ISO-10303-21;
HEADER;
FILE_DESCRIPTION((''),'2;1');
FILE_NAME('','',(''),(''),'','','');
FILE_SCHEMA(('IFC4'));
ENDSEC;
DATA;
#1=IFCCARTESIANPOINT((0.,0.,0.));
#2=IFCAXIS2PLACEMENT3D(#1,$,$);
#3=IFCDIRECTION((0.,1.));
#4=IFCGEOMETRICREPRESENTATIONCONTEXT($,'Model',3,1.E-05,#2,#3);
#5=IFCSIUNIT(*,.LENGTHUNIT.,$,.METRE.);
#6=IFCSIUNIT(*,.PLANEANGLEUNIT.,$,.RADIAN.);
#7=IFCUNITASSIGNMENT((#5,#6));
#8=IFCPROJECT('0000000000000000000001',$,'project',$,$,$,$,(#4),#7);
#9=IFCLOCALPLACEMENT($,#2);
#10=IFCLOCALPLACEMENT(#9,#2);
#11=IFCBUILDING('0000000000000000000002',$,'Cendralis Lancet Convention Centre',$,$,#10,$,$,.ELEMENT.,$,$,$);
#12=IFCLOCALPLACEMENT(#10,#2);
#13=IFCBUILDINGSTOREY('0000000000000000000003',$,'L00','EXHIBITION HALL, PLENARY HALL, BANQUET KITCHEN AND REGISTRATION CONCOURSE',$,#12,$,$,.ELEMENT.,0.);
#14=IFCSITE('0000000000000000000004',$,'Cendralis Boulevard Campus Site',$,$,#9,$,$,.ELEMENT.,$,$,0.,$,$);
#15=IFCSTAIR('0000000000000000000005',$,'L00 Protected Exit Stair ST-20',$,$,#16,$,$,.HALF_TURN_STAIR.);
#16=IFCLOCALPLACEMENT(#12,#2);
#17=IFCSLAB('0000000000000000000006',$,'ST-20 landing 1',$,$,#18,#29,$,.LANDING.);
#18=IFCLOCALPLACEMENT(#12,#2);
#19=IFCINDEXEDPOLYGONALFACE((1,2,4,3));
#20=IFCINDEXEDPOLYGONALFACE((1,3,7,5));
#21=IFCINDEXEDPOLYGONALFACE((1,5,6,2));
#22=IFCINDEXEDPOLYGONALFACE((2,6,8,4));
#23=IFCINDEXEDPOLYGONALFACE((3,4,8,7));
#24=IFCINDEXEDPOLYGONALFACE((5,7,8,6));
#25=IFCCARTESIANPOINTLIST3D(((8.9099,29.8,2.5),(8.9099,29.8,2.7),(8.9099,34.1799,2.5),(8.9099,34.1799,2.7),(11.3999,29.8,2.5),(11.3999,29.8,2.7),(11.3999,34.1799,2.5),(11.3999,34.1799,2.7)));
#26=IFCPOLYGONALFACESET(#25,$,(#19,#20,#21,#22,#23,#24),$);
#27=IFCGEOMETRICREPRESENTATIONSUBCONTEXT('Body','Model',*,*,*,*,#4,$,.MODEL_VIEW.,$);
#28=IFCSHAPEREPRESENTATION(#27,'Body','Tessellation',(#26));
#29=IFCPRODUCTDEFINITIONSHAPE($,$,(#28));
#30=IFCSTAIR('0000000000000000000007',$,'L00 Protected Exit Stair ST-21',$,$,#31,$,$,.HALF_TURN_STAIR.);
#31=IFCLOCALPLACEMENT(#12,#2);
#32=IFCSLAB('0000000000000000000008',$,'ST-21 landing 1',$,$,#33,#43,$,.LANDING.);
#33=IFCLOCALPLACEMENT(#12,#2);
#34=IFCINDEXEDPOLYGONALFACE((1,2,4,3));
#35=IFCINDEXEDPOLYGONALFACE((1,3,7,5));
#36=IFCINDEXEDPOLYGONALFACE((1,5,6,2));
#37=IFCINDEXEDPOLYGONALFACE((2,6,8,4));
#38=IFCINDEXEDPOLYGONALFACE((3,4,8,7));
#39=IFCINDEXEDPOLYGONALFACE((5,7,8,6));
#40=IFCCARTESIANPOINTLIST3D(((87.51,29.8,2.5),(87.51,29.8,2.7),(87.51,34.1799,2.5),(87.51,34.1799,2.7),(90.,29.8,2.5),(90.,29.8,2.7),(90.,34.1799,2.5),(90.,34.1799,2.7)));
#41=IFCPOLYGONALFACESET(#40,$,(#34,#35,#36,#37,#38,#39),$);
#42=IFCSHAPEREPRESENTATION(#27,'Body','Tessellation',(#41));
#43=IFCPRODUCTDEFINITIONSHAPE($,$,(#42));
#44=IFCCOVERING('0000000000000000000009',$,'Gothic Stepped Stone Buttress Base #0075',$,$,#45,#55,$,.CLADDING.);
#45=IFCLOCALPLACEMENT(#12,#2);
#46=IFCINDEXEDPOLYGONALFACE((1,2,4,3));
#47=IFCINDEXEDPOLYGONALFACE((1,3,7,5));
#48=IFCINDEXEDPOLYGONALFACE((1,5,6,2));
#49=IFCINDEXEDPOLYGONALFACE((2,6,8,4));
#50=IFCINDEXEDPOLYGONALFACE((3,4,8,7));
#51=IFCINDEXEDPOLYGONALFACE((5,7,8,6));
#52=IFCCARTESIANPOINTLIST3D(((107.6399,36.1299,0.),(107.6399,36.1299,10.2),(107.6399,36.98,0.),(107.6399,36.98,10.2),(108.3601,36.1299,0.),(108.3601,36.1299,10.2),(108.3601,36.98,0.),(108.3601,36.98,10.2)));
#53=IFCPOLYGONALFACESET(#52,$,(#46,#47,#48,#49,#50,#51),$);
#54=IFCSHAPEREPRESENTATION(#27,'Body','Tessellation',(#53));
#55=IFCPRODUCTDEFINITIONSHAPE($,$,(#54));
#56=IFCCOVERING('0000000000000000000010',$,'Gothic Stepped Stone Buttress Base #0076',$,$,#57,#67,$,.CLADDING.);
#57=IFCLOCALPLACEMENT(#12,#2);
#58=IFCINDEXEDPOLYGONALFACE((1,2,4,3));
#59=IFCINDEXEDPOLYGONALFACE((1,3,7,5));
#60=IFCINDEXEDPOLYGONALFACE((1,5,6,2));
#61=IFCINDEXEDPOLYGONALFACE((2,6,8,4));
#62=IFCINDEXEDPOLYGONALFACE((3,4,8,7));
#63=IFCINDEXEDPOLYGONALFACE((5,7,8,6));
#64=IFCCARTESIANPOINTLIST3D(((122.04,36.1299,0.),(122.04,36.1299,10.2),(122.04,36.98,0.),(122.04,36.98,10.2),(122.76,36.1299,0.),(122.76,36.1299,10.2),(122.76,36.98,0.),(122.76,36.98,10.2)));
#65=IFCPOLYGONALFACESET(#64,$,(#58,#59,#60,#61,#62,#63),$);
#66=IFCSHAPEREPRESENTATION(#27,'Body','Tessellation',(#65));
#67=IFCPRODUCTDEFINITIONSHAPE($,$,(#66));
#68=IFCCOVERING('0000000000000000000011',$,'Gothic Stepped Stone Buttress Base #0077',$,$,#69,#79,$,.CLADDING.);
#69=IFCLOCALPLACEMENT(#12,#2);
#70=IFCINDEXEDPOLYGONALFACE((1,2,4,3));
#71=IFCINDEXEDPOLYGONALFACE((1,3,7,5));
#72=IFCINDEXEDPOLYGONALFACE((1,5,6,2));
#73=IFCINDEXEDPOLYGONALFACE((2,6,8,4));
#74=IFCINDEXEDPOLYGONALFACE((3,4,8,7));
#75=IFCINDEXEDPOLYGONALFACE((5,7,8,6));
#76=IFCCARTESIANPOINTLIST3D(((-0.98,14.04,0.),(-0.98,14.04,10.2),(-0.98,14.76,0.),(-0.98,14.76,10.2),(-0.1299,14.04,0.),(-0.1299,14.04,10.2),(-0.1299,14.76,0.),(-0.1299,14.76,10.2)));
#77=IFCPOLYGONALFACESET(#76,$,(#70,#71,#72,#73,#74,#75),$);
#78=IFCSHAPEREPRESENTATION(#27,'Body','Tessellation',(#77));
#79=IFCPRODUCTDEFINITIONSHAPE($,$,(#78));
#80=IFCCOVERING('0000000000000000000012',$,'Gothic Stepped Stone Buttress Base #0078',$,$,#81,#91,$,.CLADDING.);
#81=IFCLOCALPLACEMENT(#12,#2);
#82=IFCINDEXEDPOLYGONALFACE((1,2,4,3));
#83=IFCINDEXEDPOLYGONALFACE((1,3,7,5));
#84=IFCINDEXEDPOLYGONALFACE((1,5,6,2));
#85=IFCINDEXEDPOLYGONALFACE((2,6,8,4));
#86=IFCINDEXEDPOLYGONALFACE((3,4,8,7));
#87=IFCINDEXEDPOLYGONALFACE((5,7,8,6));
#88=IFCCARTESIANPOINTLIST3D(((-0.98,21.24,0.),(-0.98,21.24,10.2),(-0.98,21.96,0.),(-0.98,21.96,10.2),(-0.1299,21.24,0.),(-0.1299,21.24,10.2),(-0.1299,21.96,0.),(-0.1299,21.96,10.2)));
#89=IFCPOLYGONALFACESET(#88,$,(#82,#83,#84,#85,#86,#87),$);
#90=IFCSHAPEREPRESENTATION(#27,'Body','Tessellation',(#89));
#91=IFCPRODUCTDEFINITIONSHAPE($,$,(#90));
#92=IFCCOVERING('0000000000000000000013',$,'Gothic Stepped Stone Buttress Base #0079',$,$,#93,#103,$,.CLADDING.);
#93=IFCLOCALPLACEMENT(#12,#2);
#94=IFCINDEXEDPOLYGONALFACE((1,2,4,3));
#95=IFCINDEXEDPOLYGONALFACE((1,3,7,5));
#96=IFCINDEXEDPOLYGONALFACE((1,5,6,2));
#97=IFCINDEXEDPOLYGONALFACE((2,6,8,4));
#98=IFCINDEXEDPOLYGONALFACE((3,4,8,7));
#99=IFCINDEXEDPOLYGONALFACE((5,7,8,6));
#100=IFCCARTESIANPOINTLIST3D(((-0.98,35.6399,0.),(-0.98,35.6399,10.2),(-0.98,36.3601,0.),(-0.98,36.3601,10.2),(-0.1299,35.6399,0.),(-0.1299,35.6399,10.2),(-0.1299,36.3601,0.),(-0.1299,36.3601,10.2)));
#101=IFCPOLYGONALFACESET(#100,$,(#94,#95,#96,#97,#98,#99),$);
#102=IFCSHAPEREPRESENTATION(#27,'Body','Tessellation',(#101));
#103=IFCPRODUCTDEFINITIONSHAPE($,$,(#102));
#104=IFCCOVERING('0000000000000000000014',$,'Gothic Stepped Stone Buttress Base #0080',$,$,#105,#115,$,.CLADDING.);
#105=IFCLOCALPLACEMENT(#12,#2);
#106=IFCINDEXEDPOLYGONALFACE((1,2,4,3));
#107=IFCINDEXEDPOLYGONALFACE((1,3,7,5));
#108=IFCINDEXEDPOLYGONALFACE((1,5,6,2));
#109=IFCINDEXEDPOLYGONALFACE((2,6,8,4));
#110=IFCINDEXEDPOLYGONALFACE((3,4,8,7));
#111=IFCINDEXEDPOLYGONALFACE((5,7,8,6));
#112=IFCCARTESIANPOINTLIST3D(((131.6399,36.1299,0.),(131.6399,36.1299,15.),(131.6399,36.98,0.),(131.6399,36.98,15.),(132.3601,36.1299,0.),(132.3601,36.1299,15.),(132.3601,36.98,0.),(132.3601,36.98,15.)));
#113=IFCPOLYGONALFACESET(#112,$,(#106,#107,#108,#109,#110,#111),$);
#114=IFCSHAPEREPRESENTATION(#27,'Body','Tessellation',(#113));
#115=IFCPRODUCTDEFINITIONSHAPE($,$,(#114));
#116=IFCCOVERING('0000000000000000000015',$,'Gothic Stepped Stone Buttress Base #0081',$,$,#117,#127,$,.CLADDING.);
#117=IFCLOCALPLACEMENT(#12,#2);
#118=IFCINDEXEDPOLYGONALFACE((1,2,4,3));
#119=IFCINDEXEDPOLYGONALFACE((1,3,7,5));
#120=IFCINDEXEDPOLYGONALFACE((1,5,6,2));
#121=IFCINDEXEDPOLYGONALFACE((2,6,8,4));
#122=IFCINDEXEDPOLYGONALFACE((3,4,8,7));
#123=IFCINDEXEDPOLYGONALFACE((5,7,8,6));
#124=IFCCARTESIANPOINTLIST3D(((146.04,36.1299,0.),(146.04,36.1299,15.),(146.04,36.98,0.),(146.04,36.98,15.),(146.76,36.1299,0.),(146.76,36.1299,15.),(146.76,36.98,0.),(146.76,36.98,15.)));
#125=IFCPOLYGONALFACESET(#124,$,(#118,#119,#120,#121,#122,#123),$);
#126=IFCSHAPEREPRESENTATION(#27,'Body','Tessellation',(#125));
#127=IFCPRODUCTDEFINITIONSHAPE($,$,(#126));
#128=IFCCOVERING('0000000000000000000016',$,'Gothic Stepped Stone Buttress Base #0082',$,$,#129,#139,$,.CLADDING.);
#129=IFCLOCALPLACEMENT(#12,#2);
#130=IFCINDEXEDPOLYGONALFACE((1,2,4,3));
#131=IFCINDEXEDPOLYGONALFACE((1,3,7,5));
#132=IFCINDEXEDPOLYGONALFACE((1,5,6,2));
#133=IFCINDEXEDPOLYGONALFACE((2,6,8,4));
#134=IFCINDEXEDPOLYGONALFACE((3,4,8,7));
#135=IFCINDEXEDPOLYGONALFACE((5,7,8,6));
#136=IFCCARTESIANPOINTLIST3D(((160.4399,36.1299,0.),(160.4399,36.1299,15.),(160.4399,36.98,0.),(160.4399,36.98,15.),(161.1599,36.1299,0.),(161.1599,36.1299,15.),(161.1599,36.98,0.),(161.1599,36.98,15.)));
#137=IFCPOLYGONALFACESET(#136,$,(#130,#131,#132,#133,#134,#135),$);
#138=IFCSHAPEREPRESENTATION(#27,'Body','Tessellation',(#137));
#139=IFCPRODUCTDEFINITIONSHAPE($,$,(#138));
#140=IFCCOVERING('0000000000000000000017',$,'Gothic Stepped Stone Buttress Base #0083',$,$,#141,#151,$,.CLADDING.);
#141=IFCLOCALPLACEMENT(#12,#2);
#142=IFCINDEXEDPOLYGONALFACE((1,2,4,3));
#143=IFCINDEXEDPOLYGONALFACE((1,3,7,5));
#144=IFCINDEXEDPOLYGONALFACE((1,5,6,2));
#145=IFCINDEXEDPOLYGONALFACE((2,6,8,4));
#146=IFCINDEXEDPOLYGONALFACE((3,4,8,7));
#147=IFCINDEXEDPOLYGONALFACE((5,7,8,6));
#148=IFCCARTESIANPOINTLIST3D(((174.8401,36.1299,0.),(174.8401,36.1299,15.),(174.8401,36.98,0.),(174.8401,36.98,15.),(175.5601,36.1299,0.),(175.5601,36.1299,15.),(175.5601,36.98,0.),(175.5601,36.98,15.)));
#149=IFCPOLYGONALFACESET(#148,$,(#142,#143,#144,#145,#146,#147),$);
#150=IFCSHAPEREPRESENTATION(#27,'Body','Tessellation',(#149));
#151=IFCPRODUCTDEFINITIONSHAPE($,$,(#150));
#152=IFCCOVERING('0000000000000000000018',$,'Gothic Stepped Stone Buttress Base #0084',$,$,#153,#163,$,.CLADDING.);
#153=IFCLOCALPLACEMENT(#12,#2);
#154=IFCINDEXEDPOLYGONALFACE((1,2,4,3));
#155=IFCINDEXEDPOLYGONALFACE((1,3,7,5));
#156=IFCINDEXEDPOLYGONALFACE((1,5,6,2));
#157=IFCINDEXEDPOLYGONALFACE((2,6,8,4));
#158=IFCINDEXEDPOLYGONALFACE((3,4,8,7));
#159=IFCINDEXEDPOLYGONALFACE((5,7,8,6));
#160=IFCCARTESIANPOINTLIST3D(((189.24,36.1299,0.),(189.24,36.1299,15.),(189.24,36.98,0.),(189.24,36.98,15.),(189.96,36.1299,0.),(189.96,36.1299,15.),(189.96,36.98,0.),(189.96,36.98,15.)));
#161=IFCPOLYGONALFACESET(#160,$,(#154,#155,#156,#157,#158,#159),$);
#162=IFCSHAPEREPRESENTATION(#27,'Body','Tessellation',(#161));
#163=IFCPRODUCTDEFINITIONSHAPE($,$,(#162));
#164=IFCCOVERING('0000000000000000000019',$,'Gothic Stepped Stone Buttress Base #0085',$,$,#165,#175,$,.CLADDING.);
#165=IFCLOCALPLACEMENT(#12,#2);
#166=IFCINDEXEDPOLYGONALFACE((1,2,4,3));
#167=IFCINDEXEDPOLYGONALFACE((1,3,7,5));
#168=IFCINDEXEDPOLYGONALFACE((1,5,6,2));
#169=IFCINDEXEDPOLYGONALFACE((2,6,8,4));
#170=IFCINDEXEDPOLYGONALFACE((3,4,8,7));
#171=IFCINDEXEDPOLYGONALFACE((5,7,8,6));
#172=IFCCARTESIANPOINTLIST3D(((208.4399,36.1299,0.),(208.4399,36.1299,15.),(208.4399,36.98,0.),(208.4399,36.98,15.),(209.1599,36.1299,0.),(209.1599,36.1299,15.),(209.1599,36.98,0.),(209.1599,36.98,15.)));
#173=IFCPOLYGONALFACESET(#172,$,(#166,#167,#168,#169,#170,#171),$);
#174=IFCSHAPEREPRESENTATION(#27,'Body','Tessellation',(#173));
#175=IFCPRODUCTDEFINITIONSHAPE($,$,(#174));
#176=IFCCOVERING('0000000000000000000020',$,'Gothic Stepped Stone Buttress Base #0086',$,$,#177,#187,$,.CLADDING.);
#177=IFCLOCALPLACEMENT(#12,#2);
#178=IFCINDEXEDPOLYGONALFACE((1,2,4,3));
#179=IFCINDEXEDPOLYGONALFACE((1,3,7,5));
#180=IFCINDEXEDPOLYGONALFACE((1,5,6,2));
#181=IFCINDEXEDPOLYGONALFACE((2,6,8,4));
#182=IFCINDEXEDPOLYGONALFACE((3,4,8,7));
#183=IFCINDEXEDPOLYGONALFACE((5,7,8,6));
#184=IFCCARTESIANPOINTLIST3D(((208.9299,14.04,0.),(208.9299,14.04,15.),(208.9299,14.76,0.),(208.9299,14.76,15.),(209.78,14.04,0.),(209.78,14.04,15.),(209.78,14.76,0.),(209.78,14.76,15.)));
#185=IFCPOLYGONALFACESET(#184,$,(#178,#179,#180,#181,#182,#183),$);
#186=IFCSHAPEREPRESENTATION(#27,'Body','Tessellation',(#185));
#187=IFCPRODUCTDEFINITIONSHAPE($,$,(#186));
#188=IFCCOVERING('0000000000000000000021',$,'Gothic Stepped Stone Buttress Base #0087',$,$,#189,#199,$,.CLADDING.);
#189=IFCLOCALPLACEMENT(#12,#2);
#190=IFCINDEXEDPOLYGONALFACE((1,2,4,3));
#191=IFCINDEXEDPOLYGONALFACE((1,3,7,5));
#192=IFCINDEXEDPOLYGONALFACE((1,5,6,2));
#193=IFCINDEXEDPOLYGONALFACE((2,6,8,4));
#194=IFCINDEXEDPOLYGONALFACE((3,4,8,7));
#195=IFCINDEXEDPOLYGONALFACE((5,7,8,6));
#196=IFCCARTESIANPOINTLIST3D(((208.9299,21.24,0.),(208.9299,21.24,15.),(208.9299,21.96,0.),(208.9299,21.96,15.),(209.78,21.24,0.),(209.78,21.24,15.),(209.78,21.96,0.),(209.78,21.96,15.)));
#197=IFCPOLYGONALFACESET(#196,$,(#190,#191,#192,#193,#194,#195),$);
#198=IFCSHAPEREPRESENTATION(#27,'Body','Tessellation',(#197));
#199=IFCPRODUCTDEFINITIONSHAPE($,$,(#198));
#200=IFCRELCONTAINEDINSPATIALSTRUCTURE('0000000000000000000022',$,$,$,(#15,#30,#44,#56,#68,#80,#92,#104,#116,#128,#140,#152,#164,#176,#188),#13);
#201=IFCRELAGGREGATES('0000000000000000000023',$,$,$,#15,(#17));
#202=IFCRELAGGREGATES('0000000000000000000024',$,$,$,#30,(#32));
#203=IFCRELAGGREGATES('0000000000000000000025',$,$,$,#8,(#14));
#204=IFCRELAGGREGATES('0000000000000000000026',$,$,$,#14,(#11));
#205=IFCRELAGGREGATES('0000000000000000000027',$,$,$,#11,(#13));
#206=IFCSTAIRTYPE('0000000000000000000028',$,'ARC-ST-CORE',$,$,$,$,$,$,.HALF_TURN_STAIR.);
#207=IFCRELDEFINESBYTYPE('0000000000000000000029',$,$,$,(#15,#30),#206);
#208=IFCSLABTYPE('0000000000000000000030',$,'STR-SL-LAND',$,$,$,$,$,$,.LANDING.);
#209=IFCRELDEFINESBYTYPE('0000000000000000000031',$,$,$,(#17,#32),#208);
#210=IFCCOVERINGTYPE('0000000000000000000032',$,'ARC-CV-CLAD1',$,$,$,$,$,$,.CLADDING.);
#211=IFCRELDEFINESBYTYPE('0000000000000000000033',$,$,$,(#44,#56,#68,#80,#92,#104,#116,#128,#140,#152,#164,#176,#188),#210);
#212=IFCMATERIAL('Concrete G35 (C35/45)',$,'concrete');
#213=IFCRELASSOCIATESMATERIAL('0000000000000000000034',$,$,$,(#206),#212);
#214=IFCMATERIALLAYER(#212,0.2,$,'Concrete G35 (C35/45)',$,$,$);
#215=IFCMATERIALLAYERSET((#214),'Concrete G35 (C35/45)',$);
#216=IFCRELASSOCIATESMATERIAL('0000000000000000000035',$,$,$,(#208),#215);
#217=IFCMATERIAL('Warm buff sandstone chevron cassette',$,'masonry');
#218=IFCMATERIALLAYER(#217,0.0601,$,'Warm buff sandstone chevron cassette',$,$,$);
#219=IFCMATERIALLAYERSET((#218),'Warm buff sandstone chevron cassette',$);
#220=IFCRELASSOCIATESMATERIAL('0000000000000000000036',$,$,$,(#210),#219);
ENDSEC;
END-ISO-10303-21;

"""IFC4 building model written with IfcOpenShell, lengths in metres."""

from ifc_helpers import new_model, si_unit, direction, frame, origin, place, context, subcontext, project, spatial, polyline, outline, extrude, material, layer, layer_set, type_object, element, aggregate, save


model = new_model("IFC4")

# Units and contexts
model_context = context("Model", 3, precision=1e-05, world=origin(), true_north=direction((0.0, 1.0)))
body_context = subcontext(model_context, "Body", "Model", "MODEL_VIEW")
ifc_project = project(units=[si_unit("LENGTHUNIT", "METRE"), si_unit("PLANEANGLEUNIT", "RADIAN")], contexts=[model_context])

# Site, building, storey
site_placement = place(None, origin())
site = spatial("IfcSite", under=ifc_project, at=site_placement, Name="Cendralis Boulevard Campus Site", CompositionType="ELEMENT", RefElevation=0.0)
building_placement = place(site_placement, origin())
building = spatial("IfcBuilding", under=site, at=building_placement, Name="Cendralis Lancet Convention Centre", CompositionType="ELEMENT")
storey_placement = place(building_placement, origin())
storey = spatial("IfcBuildingStorey", under=building, at=storey_placement, Name="L00", Description="EXHIBITION HALL, PLENARY HALL, BANQUET KITCHEN AND REGISTRATION CONCOURSE", CompositionType="ELEMENT", Elevation=0.0)

# Stairs, slabs
ifc_material_1 = material(Name="Concrete G35 (C35/45)", Category="concrete")
stair_type = type_object("IfcStairType", Name="ARC-ST-CORE", PredefinedType="HALF_TURN_STAIR", material=ifc_material_1)
ifc_layer_1 = layer(ifc_material_1, 0.2, Name="Concrete G35 (C35/45)")
ifc_layer_set_1 = layer_set([ifc_layer_1], Name="Concrete G35 (C35/45)")
slab_type = type_object("IfcSlabType", Name="STR-SL-LAND", PredefinedType="LANDING", material=ifc_layer_set_1)
stair_1_placement = place(storey_placement, origin())
stair_1 = element("IfcStair", 1, at=stair_1_placement, inside=storey, type_object=stair_type, Name="L00 Protected Exit Stair ST-20", PredefinedType="HALF_TURN_STAIR")
slab_1_placement = place(storey_placement, frame((0.0, 0.0, 2.5)))
slab_1 = element("IfcSlab", 2, at=slab_1_placement, type_object=slab_type, Name="ST-20 landing 1", PredefinedType="LANDING", context=body_context, shape_type="SweptSolid", body=[
    extrude(outline(polyline([(8.9099, 29.8), (11.3999, 29.8), (11.3999, 34.1799), (8.9099, 34.1799), (8.9099, 29.8)])), origin(), (0.0, 0.0, 1.0), 0.2),
])
aggregate(stair_1, [slab_1])
stair_2_placement = place(storey_placement, origin())
stair_2 = element("IfcStair", 3, at=stair_2_placement, inside=storey, type_object=stair_type, Name="L00 Protected Exit Stair ST-21", PredefinedType="HALF_TURN_STAIR")
slab_2_placement = place(storey_placement, frame((0.0, 0.0, 2.5)))
slab_2 = element("IfcSlab", 4, at=slab_2_placement, type_object=slab_type, Name="ST-21 landing 1", PredefinedType="LANDING", context=body_context, shape_type="SweptSolid", body=[
    extrude(outline(polyline([(87.51, 29.8), (90.0, 29.8), (90.0, 34.1799), (87.51, 34.1799), (87.51, 29.8)])), origin(), (0.0, 0.0, 1.0), 0.2),
])
aggregate(stair_2, [slab_2])

# Coverings
ifc_material_2 = material(Name="Warm buff sandstone chevron cassette", Category="masonry")
ifc_layer_2 = layer(ifc_material_2, 0.0601, Name="Warm buff sandstone chevron cassette")
ifc_layer_set_2 = layer_set([ifc_layer_2], Name="Warm buff sandstone chevron cassette")
covering_type = type_object("IfcCoveringType", Name="ARC-CV-CLAD1", PredefinedType="CLADDING", material=ifc_layer_set_2)
covering_1_placement = place(storey_placement, origin())
element("IfcCovering", 5, at=covering_1_placement, inside=storey, type_object=covering_type, Name="Gothic Stepped Stone Buttress Base #0075", PredefinedType="CLADDING", context=body_context, shape_type="SweptSolid", body=[
    extrude(outline(polyline([(108.3601, 36.98), (107.6399, 36.98), (107.6399, 36.1299), (108.3601, 36.1299), (108.3601, 36.98)])), origin(), (0.0, 0.0, 1.0), 10.2),
])
covering_2_placement = place(storey_placement, origin())
element("IfcCovering", 6, at=covering_2_placement, inside=storey, type_object=covering_type, Name="Gothic Stepped Stone Buttress Base #0076", PredefinedType="CLADDING", context=body_context, shape_type="SweptSolid", body=[
    extrude(outline(polyline([(122.76, 36.98), (122.04, 36.98), (122.04, 36.1299), (122.76, 36.1299), (122.76, 36.98)])), origin(), (0.0, 0.0, 1.0), 10.2),
])
covering_3_placement = place(storey_placement, origin())
element("IfcCovering", 7, at=covering_3_placement, inside=storey, type_object=covering_type, Name="Gothic Stepped Stone Buttress Base #0077", PredefinedType="CLADDING", context=body_context, shape_type="SweptSolid", body=[
    extrude(outline(polyline([(-0.98, 14.76), (-0.98, 14.04), (-0.1299, 14.04), (-0.1299, 14.76), (-0.98, 14.76)])), origin(), (0.0, 0.0, 1.0), 10.2),
])
covering_4_placement = place(storey_placement, origin())
element("IfcCovering", 8, at=covering_4_placement, inside=storey, type_object=covering_type, Name="Gothic Stepped Stone Buttress Base #0078", PredefinedType="CLADDING", context=body_context, shape_type="SweptSolid", body=[
    extrude(outline(polyline([(-0.98, 21.96), (-0.98, 21.24), (-0.1299, 21.24), (-0.1299, 21.96), (-0.98, 21.96)])), origin(), (0.0, 0.0, 1.0), 10.2),
])
covering_5_placement = place(storey_placement, origin())
element("IfcCovering", 9, at=covering_5_placement, inside=storey, type_object=covering_type, Name="Gothic Stepped Stone Buttress Base #0079", PredefinedType="CLADDING", context=body_context, shape_type="SweptSolid", body=[
    extrude(outline(polyline([(-0.98, 36.3601), (-0.98, 35.6399), (-0.1299, 35.6399), (-0.1299, 36.3601), (-0.98, 36.3601)])), origin(), (0.0, 0.0, 1.0), 10.2),
])
covering_6_placement = place(storey_placement, origin())
element("IfcCovering", 10, at=covering_6_placement, inside=storey, type_object=covering_type, Name="Gothic Stepped Stone Buttress Base #0080", PredefinedType="CLADDING", context=body_context, shape_type="SweptSolid", body=[
    extrude(outline(polyline([(132.3601, 36.98), (131.6399, 36.98), (131.6399, 36.1299), (132.3601, 36.1299), (132.3601, 36.98)])), origin(), (0.0, 0.0, 1.0), 15.0),
])
covering_7_placement = place(storey_placement, origin())
element("IfcCovering", 11, at=covering_7_placement, inside=storey, type_object=covering_type, Name="Gothic Stepped Stone Buttress Base #0081", PredefinedType="CLADDING", context=body_context, shape_type="SweptSolid", body=[
    extrude(outline(polyline([(146.76, 36.98), (146.04, 36.98), (146.04, 36.1299), (146.76, 36.1299), (146.76, 36.98)])), origin(), (0.0, 0.0, 1.0), 15.0),
])
covering_8_placement = place(storey_placement, origin())
element("IfcCovering", 12, at=covering_8_placement, inside=storey, type_object=covering_type, Name="Gothic Stepped Stone Buttress Base #0082", PredefinedType="CLADDING", context=body_context, shape_type="SweptSolid", body=[
    extrude(outline(polyline([(161.1599, 36.98), (160.4399, 36.98), (160.4399, 36.1299), (161.1599, 36.1299), (161.1599, 36.98)])), origin(), (0.0, 0.0, 1.0), 15.0),
])
covering_9_placement = place(storey_placement, origin())
element("IfcCovering", 13, at=covering_9_placement, inside=storey, type_object=covering_type, Name="Gothic Stepped Stone Buttress Base #0083", PredefinedType="CLADDING", context=body_context, shape_type="SweptSolid", body=[
    extrude(outline(polyline([(175.5601, 36.98), (174.8401, 36.98), (174.8401, 36.1299), (175.5601, 36.1299), (175.5601, 36.98)])), origin(), (0.0, 0.0, 1.0), 15.0),
])
covering_10_placement = place(storey_placement, origin())
element("IfcCovering", 14, at=covering_10_placement, inside=storey, type_object=covering_type, Name="Gothic Stepped Stone Buttress Base #0084", PredefinedType="CLADDING", context=body_context, shape_type="SweptSolid", body=[
    extrude(outline(polyline([(189.96, 36.98), (189.24, 36.98), (189.24, 36.1299), (189.96, 36.1299), (189.96, 36.98)])), origin(), (0.0, 0.0, 1.0), 15.0),
])
covering_11_placement = place(storey_placement, origin())
element("IfcCovering", 15, at=covering_11_placement, inside=storey, type_object=covering_type, Name="Gothic Stepped Stone Buttress Base #0085", PredefinedType="CLADDING", context=body_context, shape_type="SweptSolid", body=[
    extrude(outline(polyline([(209.1599, 36.98), (208.4399, 36.98), (208.4399, 36.1299), (209.1599, 36.1299), (209.1599, 36.98)])), origin(), (0.0, 0.0, 1.0), 15.0),
])
covering_12_placement = place(storey_placement, origin())
element("IfcCovering", 16, at=covering_12_placement, inside=storey, type_object=covering_type, Name="Gothic Stepped Stone Buttress Base #0086", PredefinedType="CLADDING", context=body_context, shape_type="SweptSolid", body=[
    extrude(outline(polyline([(209.78, 14.04), (209.78, 14.76), (208.9299, 14.76), (208.9299, 14.04), (209.78, 14.04)])), origin(), (0.0, 0.0, 1.0), 15.0),
])
covering_13_placement = place(storey_placement, origin())
element("IfcCovering", 17, at=covering_13_placement, inside=storey, type_object=covering_type, Name="Gothic Stepped Stone Buttress Base #0087", PredefinedType="CLADDING", context=body_context, shape_type="SweptSolid", body=[
    extrude(outline(polyline([(209.78, 21.24), (209.78, 21.96), (208.9299, 21.96), (208.9299, 21.24), (209.78, 21.24)])), origin(), (0.0, 0.0, 1.0), 15.0),
])

save(model, "model.ifc")
